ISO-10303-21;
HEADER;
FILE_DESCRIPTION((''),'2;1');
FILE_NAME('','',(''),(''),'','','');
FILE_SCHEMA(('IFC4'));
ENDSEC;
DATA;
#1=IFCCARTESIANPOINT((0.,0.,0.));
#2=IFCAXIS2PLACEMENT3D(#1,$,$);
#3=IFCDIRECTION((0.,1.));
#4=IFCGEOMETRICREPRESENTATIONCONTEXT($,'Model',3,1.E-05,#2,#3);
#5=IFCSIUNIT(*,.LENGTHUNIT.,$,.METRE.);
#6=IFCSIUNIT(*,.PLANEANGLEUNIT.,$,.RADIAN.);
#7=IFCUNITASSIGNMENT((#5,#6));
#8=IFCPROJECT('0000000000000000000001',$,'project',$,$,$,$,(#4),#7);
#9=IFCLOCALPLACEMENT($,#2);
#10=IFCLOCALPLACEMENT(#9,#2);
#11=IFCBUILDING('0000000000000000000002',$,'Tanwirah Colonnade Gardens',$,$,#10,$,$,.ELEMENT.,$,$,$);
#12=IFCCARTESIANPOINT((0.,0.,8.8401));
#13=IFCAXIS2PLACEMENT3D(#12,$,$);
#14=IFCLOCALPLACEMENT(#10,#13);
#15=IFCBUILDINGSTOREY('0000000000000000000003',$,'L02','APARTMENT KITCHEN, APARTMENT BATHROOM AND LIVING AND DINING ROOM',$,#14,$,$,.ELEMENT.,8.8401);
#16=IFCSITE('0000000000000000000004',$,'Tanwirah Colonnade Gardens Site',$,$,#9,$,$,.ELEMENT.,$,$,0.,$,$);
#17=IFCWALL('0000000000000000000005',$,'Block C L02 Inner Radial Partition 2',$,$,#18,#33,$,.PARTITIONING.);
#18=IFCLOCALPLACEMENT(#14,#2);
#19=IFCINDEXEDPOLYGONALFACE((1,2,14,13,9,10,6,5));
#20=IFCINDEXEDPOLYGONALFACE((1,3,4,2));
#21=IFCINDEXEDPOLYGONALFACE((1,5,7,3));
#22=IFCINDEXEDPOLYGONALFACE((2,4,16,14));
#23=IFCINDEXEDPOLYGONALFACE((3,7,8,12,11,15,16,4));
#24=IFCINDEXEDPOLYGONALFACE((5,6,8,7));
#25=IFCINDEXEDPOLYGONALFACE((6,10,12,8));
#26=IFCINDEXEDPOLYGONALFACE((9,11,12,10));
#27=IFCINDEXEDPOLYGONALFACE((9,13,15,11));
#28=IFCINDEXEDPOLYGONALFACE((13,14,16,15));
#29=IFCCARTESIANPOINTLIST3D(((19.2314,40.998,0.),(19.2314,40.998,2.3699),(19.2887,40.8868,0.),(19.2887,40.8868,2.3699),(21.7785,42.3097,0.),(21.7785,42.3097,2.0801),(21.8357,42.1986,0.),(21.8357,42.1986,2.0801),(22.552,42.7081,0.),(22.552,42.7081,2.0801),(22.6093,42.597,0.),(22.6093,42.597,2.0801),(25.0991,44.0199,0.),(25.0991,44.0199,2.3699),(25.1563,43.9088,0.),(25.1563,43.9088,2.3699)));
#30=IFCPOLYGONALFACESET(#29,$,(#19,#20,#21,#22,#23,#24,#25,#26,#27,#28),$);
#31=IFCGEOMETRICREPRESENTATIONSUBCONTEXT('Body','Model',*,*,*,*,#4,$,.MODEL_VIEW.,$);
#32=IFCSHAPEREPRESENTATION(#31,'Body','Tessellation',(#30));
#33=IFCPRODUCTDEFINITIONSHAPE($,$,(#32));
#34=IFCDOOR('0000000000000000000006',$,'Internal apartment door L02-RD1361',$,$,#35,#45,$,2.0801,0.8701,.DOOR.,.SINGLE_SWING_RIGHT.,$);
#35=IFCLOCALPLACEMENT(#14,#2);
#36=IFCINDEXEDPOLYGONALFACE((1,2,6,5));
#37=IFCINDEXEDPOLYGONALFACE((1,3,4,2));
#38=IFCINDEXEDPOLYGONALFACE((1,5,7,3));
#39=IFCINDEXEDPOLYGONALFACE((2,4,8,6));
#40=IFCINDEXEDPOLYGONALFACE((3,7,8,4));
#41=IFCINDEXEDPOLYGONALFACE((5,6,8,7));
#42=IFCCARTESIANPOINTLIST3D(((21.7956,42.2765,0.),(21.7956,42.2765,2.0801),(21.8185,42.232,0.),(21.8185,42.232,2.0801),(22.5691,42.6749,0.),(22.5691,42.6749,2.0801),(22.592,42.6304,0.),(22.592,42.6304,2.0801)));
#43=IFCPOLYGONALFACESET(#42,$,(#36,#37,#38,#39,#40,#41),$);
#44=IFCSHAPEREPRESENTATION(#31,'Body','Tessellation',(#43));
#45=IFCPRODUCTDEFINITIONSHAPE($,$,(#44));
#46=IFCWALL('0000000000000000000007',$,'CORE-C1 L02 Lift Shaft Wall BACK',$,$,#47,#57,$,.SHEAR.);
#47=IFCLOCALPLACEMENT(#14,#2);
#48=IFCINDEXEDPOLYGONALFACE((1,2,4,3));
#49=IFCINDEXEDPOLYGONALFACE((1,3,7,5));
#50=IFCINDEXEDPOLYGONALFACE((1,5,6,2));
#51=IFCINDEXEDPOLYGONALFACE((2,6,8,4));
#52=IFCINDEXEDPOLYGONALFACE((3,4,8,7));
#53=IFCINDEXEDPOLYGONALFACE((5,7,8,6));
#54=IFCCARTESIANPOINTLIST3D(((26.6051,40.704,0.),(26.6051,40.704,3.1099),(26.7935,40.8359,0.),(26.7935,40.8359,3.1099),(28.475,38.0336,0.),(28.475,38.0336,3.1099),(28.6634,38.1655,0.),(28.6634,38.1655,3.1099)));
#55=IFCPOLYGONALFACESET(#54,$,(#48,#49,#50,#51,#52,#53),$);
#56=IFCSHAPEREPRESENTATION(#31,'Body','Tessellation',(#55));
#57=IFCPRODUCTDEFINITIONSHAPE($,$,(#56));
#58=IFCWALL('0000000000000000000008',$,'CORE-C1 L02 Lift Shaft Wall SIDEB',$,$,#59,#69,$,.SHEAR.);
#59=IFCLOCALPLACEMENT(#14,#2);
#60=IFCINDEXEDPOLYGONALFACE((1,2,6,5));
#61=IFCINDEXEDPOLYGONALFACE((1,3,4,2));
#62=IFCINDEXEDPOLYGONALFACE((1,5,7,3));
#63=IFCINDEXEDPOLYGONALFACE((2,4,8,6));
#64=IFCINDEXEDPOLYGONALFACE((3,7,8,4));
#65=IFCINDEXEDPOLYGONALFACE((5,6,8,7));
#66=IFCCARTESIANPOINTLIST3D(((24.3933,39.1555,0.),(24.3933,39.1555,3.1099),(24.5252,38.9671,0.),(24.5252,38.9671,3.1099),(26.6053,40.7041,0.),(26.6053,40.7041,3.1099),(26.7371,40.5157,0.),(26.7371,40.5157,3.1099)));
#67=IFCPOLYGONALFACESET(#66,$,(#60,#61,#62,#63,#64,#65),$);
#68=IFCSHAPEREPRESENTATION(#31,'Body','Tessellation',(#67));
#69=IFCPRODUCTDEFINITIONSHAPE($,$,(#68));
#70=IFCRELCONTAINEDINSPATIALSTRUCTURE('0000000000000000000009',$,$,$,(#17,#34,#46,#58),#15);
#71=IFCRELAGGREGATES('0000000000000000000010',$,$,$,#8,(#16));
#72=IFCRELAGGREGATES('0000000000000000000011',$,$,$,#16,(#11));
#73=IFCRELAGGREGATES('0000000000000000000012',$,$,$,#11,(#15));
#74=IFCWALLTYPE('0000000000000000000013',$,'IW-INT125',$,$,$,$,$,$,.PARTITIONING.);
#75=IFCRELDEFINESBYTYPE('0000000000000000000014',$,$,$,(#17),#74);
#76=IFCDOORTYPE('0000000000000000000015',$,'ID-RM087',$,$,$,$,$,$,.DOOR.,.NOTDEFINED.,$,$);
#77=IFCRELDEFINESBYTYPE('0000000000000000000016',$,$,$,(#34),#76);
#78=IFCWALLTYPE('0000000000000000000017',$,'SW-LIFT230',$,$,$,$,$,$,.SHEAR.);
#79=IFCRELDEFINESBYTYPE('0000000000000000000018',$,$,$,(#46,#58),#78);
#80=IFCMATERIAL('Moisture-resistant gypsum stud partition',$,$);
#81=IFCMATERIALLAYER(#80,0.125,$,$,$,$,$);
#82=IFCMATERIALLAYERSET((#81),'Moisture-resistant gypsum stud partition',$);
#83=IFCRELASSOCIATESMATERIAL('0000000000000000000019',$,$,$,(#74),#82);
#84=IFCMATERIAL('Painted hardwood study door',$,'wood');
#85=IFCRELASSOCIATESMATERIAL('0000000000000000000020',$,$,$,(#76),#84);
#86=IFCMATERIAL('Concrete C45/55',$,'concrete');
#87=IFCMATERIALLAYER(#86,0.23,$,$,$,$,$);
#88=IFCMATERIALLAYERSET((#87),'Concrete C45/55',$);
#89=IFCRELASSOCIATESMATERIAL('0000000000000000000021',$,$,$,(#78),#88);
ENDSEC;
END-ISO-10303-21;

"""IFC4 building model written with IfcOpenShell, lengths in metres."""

from ifc_helpers import new_model, si_unit, direction, frame, frame_2d, origin, place, context, subcontext, project, spatial, rectangle, extrude, material, layer, layer_set, type_object, element, fill, save


model = new_model("IFC4")

# Units and contexts
model_context = context("Model", 3, precision=1e-05, world=origin(), true_north=direction((0.0, 1.0)))
body_context = subcontext(model_context, "Body", "Model", "MODEL_VIEW")
ifc_project = project(units=[si_unit("LENGTHUNIT", "METRE"), si_unit("PLANEANGLEUNIT", "RADIAN")], contexts=[model_context])

# Site, building, storey
site_placement = place(None, origin())
site = spatial("IfcSite", under=ifc_project, at=site_placement, Name="Tanwirah Colonnade Gardens Site", CompositionType="ELEMENT", RefElevation=0.0)
building_placement = place(site_placement, origin())
building = spatial("IfcBuilding", under=site, at=building_placement, Name="Tanwirah Colonnade Gardens", CompositionType="ELEMENT")
storey_placement = place(building_placement, frame((0.0, 0.0, 8.8401)))
storey = spatial("IfcBuildingStorey", under=building, at=storey_placement, Name="L02", Description="APARTMENT KITCHEN, APARTMENT BATHROOM AND LIVING AND DINING ROOM", CompositionType="ELEMENT", Elevation=8.8401)

# Wall, opening, door
ifc_material_1 = material(Name="Moisture-resistant gypsum stud partition")
ifc_layer_1 = layer(ifc_material_1, 0.125)
ifc_layer_set_1 = layer_set([ifc_layer_1], Name="Moisture-resistant gypsum stud partition")
wall_type_1 = type_object("IfcWallType", Name="IW-INT125", PredefinedType="PARTITIONING", material=ifc_layer_set_1)
wall_1_placement = place(storey_placement, frame((25.1277, 43.9644, 0.0), z_axis=(0.0, 0.0, 1.0), x_axis=(-0.889022, -0.457864, 0.0)))
wall_1 = element("IfcWall", 1, at=wall_1_placement, inside=storey, type_object=wall_type_1, Name="Block C L02 Inner Radial Partition 2", PredefinedType="PARTITIONING", context=body_context, shape_type="SweptSolid", body=[
    extrude(rectangle(XDim=6.6001, YDim=0.125, at=frame_2d((3.3, 0.0))), origin(), (0.0, 0.0, 1.0), 2.3699),
])
opening_placement = place(wall_1_placement, frame((2.865, 0.0, 0.0)))
opening = element("IfcOpeningElement", 2, at=opening_placement, cuts=wall_1, PredefinedType="OPENING", context=body_context, shape_type="SweptSolid", body=[
    extrude(rectangle(XDim=0.8701, YDim=2.0801, at=frame_2d((0.4351, 1.04))), frame((0.0, 0.0725, 0.0), z_axis=(0.0, -1.0, 0.0), x_axis=(1.0, 0.0, 0.0)), (0.0, 0.0, 1.0), 0.145),
])
ifc_material_2 = material(Name="Painted hardwood study door", Category="wood")
door_type = type_object("IfcDoorType", Name="ID-RM087", OperationType="NOTDEFINED", PredefinedType="DOOR", material=ifc_material_2)
door_placement = place(opening_placement, origin())
door = element("IfcDoor", 3, at=door_placement, inside=storey, type_object=door_type, Name="Internal apartment door L02-RD1361", OperationType="SINGLE_SWING_RIGHT", OverallHeight=2.0801, OverallWidth=0.8701, PredefinedType="DOOR", context=body_context, shape_type="SweptSolid", body=[
    extrude(rectangle(XDim=0.8701, YDim=2.0801, at=frame_2d((0.4351, 1.04))), frame((0.0, 0.0249, 0.0), z_axis=(0.0, -1.0, 0.0), x_axis=(1.0, 0.0, 0.0)), (0.0, 0.0, 1.0), 0.05),
])
fill(opening, door)

# Walls
ifc_material_3 = material(Name="Concrete C45/55", Category="concrete")
ifc_layer_2 = layer(ifc_material_3, 0.23)
ifc_layer_set_2 = layer_set([ifc_layer_2], Name="Concrete C45/55")
wall_type_2 = type_object("IfcWallType", Name="SW-LIFT230", PredefinedType="SHEAR", material=ifc_layer_set_2)
wall_2_placement = place(storey_placement, frame((28.5691, 38.0996, 0.0), z_axis=(0.0, 0.0, 1.0), x_axis=(-0.573583, 0.819147, 0.0)))
element("IfcWall", 4, at=wall_2_placement, inside=storey, type_object=wall_type_2, Name="CORE-C1 L02 Lift Shaft Wall BACK", PredefinedType="SHEAR", context=body_context, shape_type="SweptSolid", body=[
    extrude(rectangle(XDim=3.26, YDim=0.23, at=frame_2d((1.6299, 0.0))), origin(), (0.0, 0.0, 1.0), 3.1099),
])
wall_3_placement = place(storey_placement, frame((24.4592, 39.0613, 0.0), z_axis=(0.0, 0.0, 1.0), x_axis=(0.819189, 0.573523, 0.0)))
element("IfcWall", 5, at=wall_3_placement, inside=storey, type_object=wall_type_2, Name="CORE-C1 L02 Lift Shaft Wall SIDEB", PredefinedType="SHEAR", context=body_context, shape_type="SweptSolid", body=[
    extrude(rectangle(XDim=2.7002, YDim=0.23, at=frame_2d((1.3501, 0.0))), origin(), (0.0, 0.0, 1.0), 3.1099),
])

save(model, "model.ifc")
